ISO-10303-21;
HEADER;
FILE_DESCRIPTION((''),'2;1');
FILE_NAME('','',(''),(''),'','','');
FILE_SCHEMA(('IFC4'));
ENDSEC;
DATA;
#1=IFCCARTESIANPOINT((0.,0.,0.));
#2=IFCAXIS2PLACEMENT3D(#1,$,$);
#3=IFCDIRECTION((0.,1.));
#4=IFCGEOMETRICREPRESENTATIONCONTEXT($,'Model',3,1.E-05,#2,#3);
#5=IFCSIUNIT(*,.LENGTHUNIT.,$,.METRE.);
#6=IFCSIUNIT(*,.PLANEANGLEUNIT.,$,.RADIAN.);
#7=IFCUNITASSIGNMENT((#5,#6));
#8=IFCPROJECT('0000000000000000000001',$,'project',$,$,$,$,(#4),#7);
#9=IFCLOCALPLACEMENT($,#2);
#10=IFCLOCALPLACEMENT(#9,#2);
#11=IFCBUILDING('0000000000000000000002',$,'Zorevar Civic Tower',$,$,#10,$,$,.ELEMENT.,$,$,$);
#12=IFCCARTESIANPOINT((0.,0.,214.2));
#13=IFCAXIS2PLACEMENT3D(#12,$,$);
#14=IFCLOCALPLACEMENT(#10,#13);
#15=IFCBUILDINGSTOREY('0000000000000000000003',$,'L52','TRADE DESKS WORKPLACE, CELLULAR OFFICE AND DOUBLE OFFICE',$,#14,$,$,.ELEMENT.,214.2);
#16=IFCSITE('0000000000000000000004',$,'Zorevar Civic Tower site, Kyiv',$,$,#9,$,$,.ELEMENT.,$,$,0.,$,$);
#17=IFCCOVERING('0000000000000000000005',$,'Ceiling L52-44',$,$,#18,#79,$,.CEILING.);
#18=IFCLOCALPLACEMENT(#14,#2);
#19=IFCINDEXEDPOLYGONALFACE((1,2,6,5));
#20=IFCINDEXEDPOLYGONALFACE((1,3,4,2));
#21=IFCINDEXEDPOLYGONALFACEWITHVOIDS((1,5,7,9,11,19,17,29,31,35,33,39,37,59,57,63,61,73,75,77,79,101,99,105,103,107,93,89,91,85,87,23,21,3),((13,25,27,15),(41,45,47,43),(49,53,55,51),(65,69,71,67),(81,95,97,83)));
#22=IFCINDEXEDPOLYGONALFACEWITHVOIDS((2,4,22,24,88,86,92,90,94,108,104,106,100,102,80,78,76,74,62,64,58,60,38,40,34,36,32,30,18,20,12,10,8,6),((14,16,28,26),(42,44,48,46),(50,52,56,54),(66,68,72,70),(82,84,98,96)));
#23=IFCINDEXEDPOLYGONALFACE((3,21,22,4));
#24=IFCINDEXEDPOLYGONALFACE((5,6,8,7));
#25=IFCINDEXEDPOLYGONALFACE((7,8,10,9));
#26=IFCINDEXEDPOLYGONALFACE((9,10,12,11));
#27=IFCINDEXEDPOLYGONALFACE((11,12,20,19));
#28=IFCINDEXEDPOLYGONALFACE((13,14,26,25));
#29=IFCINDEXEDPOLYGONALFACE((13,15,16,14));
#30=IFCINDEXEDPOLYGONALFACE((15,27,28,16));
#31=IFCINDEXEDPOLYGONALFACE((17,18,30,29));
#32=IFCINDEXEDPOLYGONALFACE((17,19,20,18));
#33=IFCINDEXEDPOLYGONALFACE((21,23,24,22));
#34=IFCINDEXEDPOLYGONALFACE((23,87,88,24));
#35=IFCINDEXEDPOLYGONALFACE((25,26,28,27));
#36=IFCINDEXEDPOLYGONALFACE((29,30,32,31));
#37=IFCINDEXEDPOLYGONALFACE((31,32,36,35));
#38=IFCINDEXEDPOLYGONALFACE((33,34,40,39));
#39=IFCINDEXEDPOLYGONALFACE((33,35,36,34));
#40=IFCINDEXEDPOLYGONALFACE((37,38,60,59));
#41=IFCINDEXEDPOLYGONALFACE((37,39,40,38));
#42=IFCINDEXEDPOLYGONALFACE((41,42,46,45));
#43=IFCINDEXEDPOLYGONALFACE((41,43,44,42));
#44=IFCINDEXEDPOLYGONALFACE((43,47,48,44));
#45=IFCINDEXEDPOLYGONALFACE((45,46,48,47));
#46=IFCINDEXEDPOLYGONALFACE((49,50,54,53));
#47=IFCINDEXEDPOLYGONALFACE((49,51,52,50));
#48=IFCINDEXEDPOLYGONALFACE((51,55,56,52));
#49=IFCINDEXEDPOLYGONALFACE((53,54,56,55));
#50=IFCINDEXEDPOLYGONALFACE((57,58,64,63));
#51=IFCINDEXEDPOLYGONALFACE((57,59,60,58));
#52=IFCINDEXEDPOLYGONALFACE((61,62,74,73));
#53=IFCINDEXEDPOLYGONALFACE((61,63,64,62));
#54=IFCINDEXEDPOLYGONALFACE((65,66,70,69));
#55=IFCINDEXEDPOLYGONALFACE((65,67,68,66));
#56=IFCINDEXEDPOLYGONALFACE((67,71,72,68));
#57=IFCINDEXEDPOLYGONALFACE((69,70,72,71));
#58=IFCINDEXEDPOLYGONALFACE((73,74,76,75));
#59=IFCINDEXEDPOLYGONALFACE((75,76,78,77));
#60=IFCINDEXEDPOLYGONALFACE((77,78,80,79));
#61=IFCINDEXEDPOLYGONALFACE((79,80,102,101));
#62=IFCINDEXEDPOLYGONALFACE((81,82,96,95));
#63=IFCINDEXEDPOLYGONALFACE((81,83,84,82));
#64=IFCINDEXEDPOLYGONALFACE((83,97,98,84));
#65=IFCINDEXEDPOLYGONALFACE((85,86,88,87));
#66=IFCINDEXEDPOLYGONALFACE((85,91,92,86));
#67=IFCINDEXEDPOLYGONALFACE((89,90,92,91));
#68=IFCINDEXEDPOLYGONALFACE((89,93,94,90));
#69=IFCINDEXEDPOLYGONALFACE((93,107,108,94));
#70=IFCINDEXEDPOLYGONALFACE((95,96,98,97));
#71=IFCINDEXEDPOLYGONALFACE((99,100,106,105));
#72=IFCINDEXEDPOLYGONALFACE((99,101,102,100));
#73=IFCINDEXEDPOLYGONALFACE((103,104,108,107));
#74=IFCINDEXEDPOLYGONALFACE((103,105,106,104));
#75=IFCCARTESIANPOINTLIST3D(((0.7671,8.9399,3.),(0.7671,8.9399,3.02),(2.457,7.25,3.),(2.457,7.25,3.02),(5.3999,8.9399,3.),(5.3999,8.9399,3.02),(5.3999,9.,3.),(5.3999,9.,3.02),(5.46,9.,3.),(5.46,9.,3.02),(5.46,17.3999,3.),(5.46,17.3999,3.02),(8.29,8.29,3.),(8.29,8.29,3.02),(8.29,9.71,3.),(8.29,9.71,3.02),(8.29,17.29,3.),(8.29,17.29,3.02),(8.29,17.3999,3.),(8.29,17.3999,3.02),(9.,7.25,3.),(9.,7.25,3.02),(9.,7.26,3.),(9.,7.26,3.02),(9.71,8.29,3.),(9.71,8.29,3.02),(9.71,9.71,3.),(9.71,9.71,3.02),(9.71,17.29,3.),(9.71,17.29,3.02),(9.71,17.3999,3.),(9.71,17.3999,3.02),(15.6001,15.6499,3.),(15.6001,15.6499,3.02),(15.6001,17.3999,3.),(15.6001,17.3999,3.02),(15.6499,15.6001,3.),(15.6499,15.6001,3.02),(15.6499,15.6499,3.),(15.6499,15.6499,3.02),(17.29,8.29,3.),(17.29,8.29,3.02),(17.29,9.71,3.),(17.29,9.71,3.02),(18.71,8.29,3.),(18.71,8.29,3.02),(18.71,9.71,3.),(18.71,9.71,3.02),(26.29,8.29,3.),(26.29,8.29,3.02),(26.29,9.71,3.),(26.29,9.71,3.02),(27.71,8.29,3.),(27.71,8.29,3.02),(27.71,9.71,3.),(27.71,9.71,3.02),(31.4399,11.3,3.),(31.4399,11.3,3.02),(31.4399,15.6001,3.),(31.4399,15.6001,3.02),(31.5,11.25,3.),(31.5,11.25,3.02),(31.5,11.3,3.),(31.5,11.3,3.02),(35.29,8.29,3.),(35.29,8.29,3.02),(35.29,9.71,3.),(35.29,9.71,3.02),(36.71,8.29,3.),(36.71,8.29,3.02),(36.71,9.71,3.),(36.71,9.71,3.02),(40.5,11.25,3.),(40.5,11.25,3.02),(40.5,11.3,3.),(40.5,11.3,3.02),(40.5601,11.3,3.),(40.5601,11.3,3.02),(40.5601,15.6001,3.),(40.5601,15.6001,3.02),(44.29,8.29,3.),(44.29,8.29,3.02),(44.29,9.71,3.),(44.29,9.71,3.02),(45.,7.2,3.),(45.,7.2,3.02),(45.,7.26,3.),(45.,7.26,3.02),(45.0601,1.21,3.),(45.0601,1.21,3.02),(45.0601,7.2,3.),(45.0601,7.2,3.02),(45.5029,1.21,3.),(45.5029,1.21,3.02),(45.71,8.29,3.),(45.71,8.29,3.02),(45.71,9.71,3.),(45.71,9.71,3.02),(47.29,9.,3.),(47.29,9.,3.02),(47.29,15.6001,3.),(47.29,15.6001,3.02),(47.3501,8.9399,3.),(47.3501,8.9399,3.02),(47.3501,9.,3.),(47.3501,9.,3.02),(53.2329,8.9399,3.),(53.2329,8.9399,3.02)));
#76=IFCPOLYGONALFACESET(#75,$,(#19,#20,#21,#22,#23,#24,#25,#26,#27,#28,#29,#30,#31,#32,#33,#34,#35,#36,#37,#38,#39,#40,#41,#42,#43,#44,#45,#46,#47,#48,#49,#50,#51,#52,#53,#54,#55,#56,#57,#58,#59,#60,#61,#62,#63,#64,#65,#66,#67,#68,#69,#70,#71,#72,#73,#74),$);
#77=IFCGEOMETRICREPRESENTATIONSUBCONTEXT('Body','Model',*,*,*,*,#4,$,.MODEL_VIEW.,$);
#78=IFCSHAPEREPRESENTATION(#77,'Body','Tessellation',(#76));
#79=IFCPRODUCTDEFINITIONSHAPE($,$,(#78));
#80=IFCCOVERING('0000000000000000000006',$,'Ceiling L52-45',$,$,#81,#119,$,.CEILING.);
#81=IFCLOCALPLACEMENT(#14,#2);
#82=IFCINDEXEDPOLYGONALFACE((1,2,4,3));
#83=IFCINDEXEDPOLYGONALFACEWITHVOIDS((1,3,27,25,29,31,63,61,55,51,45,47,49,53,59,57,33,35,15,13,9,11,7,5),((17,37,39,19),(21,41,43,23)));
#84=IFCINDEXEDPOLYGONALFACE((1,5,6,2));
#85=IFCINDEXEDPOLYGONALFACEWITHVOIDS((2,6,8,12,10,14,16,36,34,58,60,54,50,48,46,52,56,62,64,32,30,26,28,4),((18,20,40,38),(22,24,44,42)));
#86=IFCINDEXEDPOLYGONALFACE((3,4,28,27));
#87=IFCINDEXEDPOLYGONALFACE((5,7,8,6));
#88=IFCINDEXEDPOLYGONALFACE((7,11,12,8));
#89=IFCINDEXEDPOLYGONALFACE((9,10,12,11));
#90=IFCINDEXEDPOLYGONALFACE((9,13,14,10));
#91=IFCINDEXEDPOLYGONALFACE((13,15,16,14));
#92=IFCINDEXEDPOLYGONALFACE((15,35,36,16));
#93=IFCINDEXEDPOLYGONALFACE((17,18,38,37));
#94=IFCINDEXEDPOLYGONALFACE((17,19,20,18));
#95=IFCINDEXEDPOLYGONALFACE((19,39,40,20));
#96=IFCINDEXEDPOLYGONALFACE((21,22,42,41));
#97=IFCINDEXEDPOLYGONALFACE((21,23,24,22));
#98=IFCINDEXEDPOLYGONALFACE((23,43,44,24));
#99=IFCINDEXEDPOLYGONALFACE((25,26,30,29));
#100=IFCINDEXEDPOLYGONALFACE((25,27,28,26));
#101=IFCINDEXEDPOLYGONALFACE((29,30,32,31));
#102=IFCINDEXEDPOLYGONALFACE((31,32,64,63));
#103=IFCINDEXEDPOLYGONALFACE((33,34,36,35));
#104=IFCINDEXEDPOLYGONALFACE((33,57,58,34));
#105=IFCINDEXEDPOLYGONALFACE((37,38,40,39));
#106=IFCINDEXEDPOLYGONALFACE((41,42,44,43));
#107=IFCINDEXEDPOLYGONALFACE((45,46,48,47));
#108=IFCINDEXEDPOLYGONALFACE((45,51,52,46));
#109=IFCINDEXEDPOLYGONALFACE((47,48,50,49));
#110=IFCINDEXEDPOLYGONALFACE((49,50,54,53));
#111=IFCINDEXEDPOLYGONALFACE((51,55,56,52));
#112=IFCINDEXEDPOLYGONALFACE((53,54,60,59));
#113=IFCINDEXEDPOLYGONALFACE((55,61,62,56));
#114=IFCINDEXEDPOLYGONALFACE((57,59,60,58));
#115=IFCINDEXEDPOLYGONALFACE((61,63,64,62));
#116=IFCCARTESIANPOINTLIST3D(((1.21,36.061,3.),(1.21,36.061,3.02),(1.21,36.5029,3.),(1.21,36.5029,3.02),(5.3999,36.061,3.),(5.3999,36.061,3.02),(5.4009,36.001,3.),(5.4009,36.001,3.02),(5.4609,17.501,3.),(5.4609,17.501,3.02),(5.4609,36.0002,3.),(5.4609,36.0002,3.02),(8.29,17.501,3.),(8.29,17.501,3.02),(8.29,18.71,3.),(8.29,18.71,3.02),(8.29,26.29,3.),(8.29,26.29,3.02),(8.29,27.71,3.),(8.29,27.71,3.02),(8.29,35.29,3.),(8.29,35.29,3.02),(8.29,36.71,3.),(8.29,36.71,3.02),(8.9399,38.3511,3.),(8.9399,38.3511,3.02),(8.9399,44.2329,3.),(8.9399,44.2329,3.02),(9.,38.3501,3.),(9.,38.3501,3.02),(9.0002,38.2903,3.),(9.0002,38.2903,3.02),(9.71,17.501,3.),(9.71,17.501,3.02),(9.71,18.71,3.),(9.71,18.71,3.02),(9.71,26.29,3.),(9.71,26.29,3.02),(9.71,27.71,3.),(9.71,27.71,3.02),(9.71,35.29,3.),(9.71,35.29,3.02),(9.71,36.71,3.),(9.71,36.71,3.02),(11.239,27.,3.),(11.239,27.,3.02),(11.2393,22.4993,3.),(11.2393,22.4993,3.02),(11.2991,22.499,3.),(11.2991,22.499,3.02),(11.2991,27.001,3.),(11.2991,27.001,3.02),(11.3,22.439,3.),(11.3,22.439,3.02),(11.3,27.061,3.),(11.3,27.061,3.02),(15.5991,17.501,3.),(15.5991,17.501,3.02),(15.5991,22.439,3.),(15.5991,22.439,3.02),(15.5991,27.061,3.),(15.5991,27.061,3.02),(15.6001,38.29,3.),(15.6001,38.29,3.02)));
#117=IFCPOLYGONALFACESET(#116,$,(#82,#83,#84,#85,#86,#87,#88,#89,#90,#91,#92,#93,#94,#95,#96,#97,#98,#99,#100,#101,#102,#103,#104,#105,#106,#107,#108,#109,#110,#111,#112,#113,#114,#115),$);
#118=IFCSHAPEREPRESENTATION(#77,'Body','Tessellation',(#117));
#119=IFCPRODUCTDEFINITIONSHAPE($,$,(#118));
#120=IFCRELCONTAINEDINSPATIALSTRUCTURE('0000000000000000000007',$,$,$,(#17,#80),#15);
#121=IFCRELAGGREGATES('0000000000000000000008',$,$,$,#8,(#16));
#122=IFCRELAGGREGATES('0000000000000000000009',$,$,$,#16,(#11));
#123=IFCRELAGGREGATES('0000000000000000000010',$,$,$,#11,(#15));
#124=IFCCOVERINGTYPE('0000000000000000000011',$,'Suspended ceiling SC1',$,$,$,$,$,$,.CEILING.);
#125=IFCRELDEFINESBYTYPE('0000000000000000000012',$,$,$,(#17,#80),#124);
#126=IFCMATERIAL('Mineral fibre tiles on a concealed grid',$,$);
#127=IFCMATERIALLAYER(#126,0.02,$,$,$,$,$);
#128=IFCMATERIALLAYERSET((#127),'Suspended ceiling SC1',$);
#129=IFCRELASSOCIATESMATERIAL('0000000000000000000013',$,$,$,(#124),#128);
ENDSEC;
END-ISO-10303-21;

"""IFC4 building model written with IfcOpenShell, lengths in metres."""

from ifc_helpers import new_model, si_unit, direction, frame, origin, place, context, subcontext, project, spatial, polyline, outline, extrude, material, layer, layer_set, type_object, element, save


model = new_model("IFC4")

# Units and contexts
model_context = context("Model", 3, precision=1e-05, world=origin(), true_north=direction((0.0, 1.0)))
body_context = subcontext(model_context, "Body", "Model", "MODEL_VIEW")
ifc_project = project(units=[si_unit("LENGTHUNIT", "METRE"), si_unit("PLANEANGLEUNIT", "RADIAN")], contexts=[model_context])

# Site, building, storey
site_placement = place(None, origin())
site = spatial("IfcSite", under=ifc_project, at=site_placement, Name="Zorevar Civic Tower site, Kyiv", CompositionType="ELEMENT", RefElevation=0.0)
building_placement = place(site_placement, origin())
building = spatial("IfcBuilding", under=site, at=building_placement, Name="Zorevar Civic Tower", CompositionType="ELEMENT")
storey_placement = place(building_placement, frame((0.0, 0.0, 214.2)))
storey = spatial("IfcBuildingStorey", under=building, at=storey_placement, Name="L52", Description="TRADE DESKS WORKPLACE, CELLULAR OFFICE AND DOUBLE OFFICE", CompositionType="ELEMENT", Elevation=214.2)

# Coverings
ifc_material_1 = material(Name="Mineral fibre tiles on a concealed grid")
ifc_layer_1 = layer(ifc_material_1, 0.02)
ifc_layer_set_1 = layer_set([ifc_layer_1], Name="Suspended ceiling SC1")
covering_type_1 = type_object("IfcCoveringType", Name="Suspended ceiling SC1", PredefinedType="CEILING", material=ifc_layer_set_1)
covering_1_placement = place(storey_placement, frame((0.0, 0.0, 3.0)))
element("IfcCovering", 1, at=covering_1_placement, inside=storey, type_object=covering_type_1, Name="Ceiling L52-44", PredefinedType="CEILING", context=body_context, shape_type="SweptSolid", body=[
    extrude(outline(polyline([(40.5601, 11.3), (40.5601, 15.6001), (47.29, 15.6001), (47.29, 9.0), (47.3501, 9.0), (47.3501, 8.9399), (53.2329, 8.9399), (45.5029, 1.21), (45.0601, 1.21), (45.0601, 7.2), (45.0, 7.2), (45.0, 7.26), (9.0, 7.26), (9.0, 7.25), (2.457, 7.25), (0.7671, 8.9399), (5.3999, 8.9399), (5.3999, 9.0), (5.46, 9.0), (5.46, 17.3999), (8.29, 17.3999), (8.29, 17.29), (9.71, 17.29), (9.71, 17.3999), (15.6001, 17.3999), (15.6001, 15.6499), (15.6499, 15.6499), (15.6499, 15.6001), (31.4399, 15.6001), (31.4399, 11.3), (31.5, 11.3), (31.5, 11.25), (40.5, 11.25), (40.5, 11.3), (40.5601, 11.3)]), holes=[polyline([(8.29, 9.71), (8.29, 8.29), (9.71, 8.29), (9.71, 9.71), (8.29, 9.71)]), polyline([(18.71, 8.29), (18.71, 9.71), (17.29, 9.71), (17.29, 8.29), (18.71, 8.29)]), polyline([(26.29, 8.29), (27.71, 8.29), (27.71, 9.71), (26.29, 9.71), (26.29, 8.29)]), polyline([(35.29, 9.71), (35.29, 8.29), (36.71, 8.29), (36.71, 9.71), (35.29, 9.71)]), polyline([(45.71, 8.29), (45.71, 9.71), (44.29, 9.71), (44.29, 8.29), (45.71, 8.29)])]), origin(), (0.0, 0.0, 1.0), 0.02),
])
covering_2_placement = place(storey_placement, frame((0.0, 0.0, 3.0)))
element("IfcCovering", 2, at=covering_2_placement, inside=storey, type_object=covering_type_1, Name="Ceiling L52-45", PredefinedType="CEILING", context=body_context, shape_type="SweptSolid", body=[
    extrude(outline(polyline([(8.9399, 38.3511), (9.0, 38.3501), (9.0002, 38.2903), (15.6001, 38.29), (15.5991, 27.061), (11.3, 27.061), (11.2991, 27.001), (11.239, 27.0), (11.2393, 22.4993), (11.2991, 22.499), (11.3, 22.439), (15.5991, 22.439), (15.5991, 17.501), (9.71, 17.501), (9.71, 18.71), (8.29, 18.71), (8.29, 17.501), (5.4609, 17.501), (5.4609, 36.0002), (5.4009, 36.001), (5.3999, 36.061), (1.21, 36.061), (1.21, 36.5029), (8.9399, 44.2329), (8.9399, 38.3511)]), holes=[polyline([(9.71, 26.29), (9.71, 27.71), (8.29, 27.71), (8.29, 26.29), (9.71, 26.29)]), polyline([(8.29, 35.29), (9.71, 35.29), (9.71, 36.71), (8.29, 36.71), (8.29, 35.29)])]), origin(), (0.0, 0.0, 1.0), 0.02),
])

save(model, "model.ifc")
